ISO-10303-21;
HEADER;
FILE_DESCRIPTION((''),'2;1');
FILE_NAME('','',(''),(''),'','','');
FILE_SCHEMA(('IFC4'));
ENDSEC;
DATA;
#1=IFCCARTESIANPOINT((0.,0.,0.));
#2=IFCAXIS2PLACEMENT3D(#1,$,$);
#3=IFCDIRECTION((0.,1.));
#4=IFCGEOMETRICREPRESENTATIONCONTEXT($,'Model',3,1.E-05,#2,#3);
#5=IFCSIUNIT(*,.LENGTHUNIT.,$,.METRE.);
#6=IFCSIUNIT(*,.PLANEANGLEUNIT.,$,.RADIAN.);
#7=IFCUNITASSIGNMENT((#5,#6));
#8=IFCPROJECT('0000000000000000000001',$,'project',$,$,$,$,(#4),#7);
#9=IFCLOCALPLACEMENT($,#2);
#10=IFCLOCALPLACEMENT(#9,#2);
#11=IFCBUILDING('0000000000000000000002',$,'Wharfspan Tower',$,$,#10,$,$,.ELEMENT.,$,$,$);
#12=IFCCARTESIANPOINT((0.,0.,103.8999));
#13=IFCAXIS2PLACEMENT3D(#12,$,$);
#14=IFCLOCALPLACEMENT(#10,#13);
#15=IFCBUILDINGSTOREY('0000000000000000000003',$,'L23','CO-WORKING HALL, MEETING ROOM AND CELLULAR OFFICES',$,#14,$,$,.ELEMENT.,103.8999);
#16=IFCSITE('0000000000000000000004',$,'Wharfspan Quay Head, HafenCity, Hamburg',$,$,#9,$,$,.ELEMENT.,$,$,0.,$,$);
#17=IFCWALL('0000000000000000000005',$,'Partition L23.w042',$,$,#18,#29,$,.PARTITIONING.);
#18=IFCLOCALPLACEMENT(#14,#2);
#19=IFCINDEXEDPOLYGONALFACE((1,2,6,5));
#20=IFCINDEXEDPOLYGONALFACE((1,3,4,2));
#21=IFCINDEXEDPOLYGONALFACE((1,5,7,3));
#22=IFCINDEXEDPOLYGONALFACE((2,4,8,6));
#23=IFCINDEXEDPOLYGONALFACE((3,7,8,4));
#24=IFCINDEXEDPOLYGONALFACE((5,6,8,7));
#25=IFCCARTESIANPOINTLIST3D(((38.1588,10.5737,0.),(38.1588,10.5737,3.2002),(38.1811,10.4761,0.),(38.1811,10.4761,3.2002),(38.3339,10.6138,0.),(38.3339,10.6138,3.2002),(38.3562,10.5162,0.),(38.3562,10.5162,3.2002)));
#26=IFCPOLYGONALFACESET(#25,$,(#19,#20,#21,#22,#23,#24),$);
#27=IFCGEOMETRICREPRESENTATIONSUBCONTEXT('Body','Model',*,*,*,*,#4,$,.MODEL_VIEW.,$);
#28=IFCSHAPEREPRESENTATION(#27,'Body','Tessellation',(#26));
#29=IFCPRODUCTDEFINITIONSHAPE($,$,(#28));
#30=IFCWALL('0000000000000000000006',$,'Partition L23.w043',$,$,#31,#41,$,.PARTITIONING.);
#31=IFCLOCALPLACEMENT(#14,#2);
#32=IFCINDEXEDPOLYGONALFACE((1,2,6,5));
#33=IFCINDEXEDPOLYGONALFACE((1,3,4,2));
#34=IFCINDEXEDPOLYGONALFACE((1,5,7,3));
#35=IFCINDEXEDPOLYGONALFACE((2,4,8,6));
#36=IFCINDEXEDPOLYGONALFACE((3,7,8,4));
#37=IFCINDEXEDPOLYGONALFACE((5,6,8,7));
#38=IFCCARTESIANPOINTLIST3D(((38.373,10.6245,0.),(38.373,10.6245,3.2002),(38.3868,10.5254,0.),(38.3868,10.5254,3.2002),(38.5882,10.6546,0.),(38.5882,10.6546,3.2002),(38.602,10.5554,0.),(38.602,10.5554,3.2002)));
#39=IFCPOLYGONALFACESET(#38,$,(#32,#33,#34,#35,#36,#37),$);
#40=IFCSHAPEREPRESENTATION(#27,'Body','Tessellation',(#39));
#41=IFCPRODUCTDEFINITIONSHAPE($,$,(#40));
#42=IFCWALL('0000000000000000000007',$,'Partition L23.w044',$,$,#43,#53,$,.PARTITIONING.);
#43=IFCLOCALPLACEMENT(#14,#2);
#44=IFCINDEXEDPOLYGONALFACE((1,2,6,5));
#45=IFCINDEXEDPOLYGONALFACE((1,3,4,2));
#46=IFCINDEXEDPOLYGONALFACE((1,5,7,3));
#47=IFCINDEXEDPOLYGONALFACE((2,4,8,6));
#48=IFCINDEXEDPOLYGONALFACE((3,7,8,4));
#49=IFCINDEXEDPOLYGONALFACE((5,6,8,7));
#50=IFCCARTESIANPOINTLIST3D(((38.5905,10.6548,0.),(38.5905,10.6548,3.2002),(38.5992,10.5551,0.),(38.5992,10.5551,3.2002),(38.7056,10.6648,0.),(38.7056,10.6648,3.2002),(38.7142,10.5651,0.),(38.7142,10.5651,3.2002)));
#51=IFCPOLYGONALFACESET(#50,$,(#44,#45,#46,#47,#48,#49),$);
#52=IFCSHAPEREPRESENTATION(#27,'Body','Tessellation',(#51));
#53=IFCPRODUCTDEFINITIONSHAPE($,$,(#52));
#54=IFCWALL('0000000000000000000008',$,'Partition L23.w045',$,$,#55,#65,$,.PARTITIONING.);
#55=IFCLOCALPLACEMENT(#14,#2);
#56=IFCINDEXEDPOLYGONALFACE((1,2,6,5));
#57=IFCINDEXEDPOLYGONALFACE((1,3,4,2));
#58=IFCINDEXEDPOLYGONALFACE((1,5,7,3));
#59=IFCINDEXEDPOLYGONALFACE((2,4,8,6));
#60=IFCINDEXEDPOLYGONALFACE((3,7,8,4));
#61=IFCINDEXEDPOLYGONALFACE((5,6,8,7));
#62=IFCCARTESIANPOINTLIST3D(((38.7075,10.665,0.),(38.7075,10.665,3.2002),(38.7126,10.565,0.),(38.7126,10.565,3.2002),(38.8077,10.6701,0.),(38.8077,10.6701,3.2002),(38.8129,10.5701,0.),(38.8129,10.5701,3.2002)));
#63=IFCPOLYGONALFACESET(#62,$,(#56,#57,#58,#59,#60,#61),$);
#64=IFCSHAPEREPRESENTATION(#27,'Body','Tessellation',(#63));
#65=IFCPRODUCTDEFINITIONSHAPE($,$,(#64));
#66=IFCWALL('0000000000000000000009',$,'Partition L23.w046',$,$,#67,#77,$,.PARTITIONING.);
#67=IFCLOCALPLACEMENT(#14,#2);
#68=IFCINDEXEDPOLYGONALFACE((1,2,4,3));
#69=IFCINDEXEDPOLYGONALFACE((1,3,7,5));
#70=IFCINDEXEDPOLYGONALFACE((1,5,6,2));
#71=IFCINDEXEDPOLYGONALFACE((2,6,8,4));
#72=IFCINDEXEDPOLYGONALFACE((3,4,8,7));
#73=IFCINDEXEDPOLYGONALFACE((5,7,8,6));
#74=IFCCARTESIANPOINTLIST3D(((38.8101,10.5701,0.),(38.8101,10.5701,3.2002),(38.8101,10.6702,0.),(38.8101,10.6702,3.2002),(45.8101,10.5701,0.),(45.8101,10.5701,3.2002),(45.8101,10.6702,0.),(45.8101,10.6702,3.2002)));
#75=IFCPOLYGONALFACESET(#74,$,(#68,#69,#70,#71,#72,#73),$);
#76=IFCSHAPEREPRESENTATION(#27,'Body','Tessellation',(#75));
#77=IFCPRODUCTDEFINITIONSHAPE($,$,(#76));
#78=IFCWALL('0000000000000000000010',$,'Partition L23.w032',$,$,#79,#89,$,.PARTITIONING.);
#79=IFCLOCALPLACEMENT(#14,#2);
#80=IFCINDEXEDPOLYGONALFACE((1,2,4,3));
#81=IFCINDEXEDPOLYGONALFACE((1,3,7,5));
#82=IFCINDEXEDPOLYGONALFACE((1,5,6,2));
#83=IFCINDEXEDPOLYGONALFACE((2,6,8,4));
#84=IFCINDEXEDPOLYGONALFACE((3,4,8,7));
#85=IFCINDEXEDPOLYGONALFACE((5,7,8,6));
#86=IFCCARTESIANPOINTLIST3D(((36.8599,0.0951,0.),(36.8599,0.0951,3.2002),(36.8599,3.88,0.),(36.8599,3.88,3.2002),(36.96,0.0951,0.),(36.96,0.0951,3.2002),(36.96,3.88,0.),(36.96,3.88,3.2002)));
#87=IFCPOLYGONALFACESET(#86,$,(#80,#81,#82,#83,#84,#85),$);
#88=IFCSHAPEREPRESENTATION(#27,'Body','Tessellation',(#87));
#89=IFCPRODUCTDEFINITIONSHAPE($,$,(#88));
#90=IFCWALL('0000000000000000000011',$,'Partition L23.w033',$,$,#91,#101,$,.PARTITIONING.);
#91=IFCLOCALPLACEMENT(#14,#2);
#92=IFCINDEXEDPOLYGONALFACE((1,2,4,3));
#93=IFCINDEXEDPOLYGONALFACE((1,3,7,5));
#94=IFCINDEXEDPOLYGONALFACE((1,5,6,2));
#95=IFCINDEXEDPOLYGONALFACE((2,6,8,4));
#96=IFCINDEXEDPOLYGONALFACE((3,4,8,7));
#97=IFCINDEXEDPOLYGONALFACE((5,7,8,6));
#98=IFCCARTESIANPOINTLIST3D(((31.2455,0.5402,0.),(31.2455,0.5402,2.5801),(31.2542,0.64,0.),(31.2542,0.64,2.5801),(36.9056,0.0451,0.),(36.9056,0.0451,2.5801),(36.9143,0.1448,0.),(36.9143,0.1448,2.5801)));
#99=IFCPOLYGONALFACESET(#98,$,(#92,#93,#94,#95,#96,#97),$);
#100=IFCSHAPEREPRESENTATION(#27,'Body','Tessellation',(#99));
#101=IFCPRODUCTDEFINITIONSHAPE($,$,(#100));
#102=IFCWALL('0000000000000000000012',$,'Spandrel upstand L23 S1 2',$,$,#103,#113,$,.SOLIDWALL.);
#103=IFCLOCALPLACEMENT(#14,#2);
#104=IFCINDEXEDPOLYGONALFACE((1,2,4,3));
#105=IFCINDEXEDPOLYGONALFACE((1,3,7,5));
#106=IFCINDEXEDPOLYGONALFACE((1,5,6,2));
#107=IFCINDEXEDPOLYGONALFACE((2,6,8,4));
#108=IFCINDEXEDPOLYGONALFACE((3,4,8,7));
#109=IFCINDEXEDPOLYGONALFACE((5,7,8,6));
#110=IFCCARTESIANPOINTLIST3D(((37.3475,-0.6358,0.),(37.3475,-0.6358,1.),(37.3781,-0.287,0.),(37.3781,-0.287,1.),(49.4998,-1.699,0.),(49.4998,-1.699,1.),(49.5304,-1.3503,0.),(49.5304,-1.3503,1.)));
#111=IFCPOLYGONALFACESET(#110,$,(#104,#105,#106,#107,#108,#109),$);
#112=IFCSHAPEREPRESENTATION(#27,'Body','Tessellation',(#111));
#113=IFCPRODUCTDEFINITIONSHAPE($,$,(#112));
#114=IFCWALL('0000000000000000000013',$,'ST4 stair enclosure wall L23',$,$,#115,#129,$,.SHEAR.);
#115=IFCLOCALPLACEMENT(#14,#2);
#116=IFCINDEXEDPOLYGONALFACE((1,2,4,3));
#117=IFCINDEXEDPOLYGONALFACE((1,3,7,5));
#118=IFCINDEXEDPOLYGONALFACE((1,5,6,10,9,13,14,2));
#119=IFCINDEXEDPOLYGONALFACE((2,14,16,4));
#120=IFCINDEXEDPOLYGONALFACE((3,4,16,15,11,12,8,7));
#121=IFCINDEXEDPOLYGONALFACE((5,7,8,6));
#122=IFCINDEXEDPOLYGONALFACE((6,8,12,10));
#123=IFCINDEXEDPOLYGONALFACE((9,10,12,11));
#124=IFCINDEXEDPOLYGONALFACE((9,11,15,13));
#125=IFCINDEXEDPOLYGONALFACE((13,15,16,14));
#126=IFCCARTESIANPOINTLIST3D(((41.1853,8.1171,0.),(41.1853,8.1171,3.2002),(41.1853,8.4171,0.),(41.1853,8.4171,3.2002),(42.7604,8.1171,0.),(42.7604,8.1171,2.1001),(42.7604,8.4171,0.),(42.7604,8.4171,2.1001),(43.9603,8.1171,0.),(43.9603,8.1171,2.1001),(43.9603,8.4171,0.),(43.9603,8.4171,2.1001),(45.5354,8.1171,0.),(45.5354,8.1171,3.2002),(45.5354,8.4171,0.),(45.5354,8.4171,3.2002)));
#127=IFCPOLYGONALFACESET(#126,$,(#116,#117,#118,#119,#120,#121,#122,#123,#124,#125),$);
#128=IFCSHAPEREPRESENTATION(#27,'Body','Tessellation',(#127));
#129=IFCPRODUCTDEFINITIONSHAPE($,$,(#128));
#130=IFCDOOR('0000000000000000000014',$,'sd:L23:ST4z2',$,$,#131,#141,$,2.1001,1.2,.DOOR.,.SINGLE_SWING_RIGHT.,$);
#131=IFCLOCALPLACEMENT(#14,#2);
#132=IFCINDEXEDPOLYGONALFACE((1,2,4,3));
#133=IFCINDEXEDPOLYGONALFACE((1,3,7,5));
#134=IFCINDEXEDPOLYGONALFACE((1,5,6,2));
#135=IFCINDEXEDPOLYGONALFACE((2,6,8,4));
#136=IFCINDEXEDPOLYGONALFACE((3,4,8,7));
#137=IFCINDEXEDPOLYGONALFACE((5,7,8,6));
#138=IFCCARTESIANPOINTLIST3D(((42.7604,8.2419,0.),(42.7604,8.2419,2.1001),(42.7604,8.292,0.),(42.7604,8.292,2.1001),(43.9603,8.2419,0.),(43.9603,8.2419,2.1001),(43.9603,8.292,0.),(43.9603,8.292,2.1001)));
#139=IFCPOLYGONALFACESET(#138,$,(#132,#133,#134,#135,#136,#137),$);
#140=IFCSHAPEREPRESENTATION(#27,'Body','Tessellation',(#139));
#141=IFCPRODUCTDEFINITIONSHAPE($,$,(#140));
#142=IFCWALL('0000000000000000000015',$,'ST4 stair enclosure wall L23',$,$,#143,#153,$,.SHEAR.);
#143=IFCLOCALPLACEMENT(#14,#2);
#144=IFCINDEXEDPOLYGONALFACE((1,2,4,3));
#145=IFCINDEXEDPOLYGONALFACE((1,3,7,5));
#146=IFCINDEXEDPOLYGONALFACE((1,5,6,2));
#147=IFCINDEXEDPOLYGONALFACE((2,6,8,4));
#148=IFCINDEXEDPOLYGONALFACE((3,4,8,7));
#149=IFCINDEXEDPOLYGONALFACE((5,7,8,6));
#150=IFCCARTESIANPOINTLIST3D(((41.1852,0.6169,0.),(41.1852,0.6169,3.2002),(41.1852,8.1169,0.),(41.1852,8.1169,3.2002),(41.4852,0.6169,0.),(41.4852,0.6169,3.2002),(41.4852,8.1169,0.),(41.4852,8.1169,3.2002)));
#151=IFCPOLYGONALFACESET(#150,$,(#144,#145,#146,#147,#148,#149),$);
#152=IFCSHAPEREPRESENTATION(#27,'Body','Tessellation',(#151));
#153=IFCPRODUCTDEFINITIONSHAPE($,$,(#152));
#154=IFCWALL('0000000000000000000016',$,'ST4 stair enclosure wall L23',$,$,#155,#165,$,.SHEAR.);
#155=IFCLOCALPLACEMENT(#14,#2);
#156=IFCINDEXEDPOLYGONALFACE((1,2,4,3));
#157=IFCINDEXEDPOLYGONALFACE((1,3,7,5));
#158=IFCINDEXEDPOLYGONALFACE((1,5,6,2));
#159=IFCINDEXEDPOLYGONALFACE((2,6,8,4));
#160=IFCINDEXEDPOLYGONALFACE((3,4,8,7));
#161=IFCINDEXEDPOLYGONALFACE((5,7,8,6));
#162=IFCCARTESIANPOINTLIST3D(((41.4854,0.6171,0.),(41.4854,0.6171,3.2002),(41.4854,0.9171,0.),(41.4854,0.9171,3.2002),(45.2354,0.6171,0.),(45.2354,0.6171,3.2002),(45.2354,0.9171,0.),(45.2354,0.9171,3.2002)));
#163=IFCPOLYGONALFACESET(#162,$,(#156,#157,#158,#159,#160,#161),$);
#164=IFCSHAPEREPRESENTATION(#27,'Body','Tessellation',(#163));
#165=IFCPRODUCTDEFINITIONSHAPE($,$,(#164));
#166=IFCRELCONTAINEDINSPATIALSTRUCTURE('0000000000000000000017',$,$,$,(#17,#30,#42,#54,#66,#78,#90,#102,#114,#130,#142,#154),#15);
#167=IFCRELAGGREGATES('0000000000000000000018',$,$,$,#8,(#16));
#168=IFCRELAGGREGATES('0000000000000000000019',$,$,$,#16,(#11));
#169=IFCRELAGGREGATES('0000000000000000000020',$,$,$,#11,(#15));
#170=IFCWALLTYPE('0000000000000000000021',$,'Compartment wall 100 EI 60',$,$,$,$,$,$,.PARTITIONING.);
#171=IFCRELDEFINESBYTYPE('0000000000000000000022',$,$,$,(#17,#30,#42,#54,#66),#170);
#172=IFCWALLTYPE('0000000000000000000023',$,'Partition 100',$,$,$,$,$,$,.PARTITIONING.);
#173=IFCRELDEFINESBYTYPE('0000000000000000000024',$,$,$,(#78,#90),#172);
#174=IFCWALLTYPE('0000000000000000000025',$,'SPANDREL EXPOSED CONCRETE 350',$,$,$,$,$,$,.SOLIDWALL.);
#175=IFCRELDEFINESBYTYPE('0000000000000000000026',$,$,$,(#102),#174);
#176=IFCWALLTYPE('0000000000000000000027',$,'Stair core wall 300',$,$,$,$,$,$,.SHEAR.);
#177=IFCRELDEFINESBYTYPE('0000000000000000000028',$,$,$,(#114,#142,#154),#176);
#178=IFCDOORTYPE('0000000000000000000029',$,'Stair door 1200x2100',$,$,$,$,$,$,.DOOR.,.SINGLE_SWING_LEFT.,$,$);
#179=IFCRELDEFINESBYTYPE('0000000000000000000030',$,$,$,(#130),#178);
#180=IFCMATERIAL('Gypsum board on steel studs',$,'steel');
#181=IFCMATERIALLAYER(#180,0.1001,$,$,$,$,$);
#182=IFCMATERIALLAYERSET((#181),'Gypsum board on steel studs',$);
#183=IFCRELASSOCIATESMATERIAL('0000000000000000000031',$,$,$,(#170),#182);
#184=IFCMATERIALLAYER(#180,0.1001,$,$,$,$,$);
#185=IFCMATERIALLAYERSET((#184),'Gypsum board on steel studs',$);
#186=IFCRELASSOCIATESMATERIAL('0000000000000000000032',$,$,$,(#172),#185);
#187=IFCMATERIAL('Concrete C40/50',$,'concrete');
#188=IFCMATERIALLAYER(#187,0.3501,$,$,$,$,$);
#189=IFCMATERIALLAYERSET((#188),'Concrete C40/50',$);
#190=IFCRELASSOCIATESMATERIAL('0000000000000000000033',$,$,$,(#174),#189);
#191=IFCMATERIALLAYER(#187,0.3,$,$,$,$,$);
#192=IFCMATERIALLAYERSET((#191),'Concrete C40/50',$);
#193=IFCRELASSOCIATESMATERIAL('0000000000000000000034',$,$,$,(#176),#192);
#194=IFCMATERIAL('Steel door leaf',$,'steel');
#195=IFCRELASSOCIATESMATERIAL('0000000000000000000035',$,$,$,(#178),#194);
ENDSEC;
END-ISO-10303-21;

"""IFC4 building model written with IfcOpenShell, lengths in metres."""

from ifc_helpers import new_model, si_unit, direction, frame, frame_2d, origin, place, context, subcontext, project, spatial, rectangle, extrude, material, layer, layer_set, type_object, element, fill, save


model = new_model("IFC4")

# Units and contexts
model_context = context("Model", 3, precision=1e-05, world=origin(), true_north=direction((0.0, 1.0)))
body_context = subcontext(model_context, "Body", "Model", "MODEL_VIEW")
ifc_project = project(units=[si_unit("LENGTHUNIT", "METRE"), si_unit("PLANEANGLEUNIT", "RADIAN")], contexts=[model_context])

# Site, building, storey
site_placement = place(None, origin())
site = spatial("IfcSite", under=ifc_project, at=site_placement, Name="Wharfspan Quay Head, HafenCity, Hamburg", CompositionType="ELEMENT", RefElevation=0.0)
building_placement = place(site_placement, origin())
building = spatial("IfcBuilding", under=site, at=building_placement, Name="Wharfspan Tower", CompositionType="ELEMENT")
storey_placement = place(building_placement, frame((0.0, 0.0, 103.8999)))
storey = spatial("IfcBuildingStorey", under=building, at=storey_placement, Name="L23", Description="CO-WORKING HALL, MEETING ROOM AND CELLULAR OFFICES", CompositionType="ELEMENT", Elevation=103.8999)

# Walls
ifc_material_1 = material(Name="Gypsum board on steel studs", Category="steel")
ifc_layer_1 = layer(ifc_material_1, 0.1001)
ifc_layer_set_1 = layer_set([ifc_layer_1], Name="Gypsum board on steel studs")
wall_type_1 = type_object("IfcWallType", Name="Compartment wall 100 EI 60", PredefinedType="PARTITIONING", material=ifc_layer_set_1)
wall_1_placement = place(storey_placement, frame((38.1699, 10.5249, 0.0), z_axis=(0.0, 0.0, 1.0), x_axis=(0.974827, 0.222973, 0.0)))
element("IfcWall", 1, at=wall_1_placement, inside=storey, type_object=wall_type_1, Name="Partition L23.w042", PredefinedType="PARTITIONING", context=body_context, shape_type="SweptSolid", body=[
    extrude(rectangle(XDim=0.1797, YDim=0.1001, at=frame_2d((0.0898, 0.0))), origin(), (0.0, 0.0, 1.0), 3.2002),
])
wall_2_placement = place(storey_placement, frame((38.3799, 10.575, 0.0), z_axis=(0.0, 0.0, 1.0), x_axis=(0.990394, 0.138273, 0.0)))
element("IfcWall", 2, at=wall_2_placement, inside=storey, type_object=wall_type_1, Name="Partition L23.w043", PredefinedType="PARTITIONING", context=body_context, shape_type="SweptSolid", body=[
    extrude(rectangle(XDim=0.2173, YDim=0.1001, at=frame_2d((0.1086, 0.0))), origin(), (0.0, 0.0, 1.0), 3.2002),
])
wall_3_placement = place(storey_placement, frame((38.595, 10.605, 0.0), z_axis=(0.0, 0.0, 1.0), x_axis=(0.996234, 0.086721, 0.0)))
element("IfcWall", 3, at=wall_3_placement, inside=storey, type_object=wall_type_1, Name="Partition L23.w044", PredefinedType="PARTITIONING", context=body_context, shape_type="SweptSolid", body=[
    extrude(rectangle(XDim=0.1155, YDim=0.1001, at=frame_2d((0.0576, 0.0))), origin(), (0.0, 0.0, 1.0), 3.2002),
])
wall_4_placement = place(storey_placement, frame((38.71, 10.615, 0.0), z_axis=(0.0, 0.0, 1.0), x_axis=(0.998687, 0.051152, 0.0)))
element("IfcWall", 4, at=wall_4_placement, inside=storey, type_object=wall_type_1, Name="Partition L23.w045", PredefinedType="PARTITIONING", context=body_context, shape_type="SweptSolid", body=[
    extrude(rectangle(XDim=0.1003, YDim=0.1001, at=frame_2d((0.0503, 0.0))), origin(), (0.0, 0.0, 1.0), 3.2002),
])
wall_5_placement = place(storey_placement, frame((38.8101, 10.6201, 0.0), z_axis=(0.0, 0.0, 1.0), x_axis=(1.0, 0.0, 0.0)))
element("IfcWall", 5, at=wall_5_placement, inside=storey, type_object=wall_type_1, Name="Partition L23.w046", PredefinedType="PARTITIONING", context=body_context, shape_type="SweptSolid", body=[
    extrude(rectangle(XDim=7.0, YDim=0.1001, at=frame_2d((3.5, 0.0))), origin(), (0.0, 0.0, 1.0), 3.2002),
])
ifc_layer_2 = layer(ifc_material_1, 0.1001)
ifc_layer_set_2 = layer_set([ifc_layer_2], Name="Gypsum board on steel studs")
wall_type_2 = type_object("IfcWallType", Name="Partition 100", PredefinedType="PARTITIONING", material=ifc_layer_set_2)
wall_6_placement = place(storey_placement, frame((36.9099, 0.095, 0.0), z_axis=(0.0, 0.0, 1.0), x_axis=(0.0, 1.0, 0.0)))
element("IfcWall", 6, at=wall_6_placement, inside=storey, type_object=wall_type_2, Name="Partition L23.w032", PredefinedType="PARTITIONING", context=body_context, shape_type="SweptSolid", body=[
    extrude(rectangle(XDim=3.7849, YDim=0.1001, at=frame_2d((1.8926, 0.0))), origin(), (0.0, 0.0, 1.0), 3.2002),
])
wall_7_placement = place(storey_placement, frame((36.9099, 0.095, 0.0), z_axis=(0.0, 0.0, 1.0), x_axis=(-0.996195, 0.087145, 0.0)))
element("IfcWall", 7, at=wall_7_placement, inside=storey, type_object=wall_type_2, Name="Partition L23.w033", PredefinedType="PARTITIONING", context=body_context, shape_type="SweptSolid", body=[
    extrude(rectangle(XDim=5.6816, YDim=0.1001, at=frame_2d((2.8408, 0.0))), origin(), (0.0, 0.0, 1.0), 2.5801),
])
ifc_material_2 = material(Name="Concrete C40/50", Category="concrete")
ifc_layer_3 = layer(ifc_material_2, 0.3501)
ifc_layer_set_3 = layer_set([ifc_layer_3], Name="Concrete C40/50")
wall_type_3 = type_object("IfcWallType", Name="SPANDREL EXPOSED CONCRETE 350", PredefinedType="SOLIDWALL", material=ifc_layer_set_3)
wall_8_placement = place(storey_placement, frame((37.3628, -0.4614, 0.0), z_axis=(0.0, 0.0, 1.0), x_axis=(0.996194, -0.087159, 0.0)))
element("IfcWall", 8, at=wall_8_placement, inside=storey, type_object=wall_type_3, Name="Spandrel upstand L23 S1 2", PredefinedType="SOLIDWALL", context=body_context, shape_type="SweptSolid", body=[
    extrude(rectangle(XDim=12.1987, YDim=0.3501, at=frame_2d((6.0994, 0.0))), origin(), (0.0, 0.0, 1.0), 1.0),
])

# Wall, opening, door
ifc_layer_4 = layer(ifc_material_2, 0.3)
ifc_layer_set_4 = layer_set([ifc_layer_4], Name="Concrete C40/50")
wall_type_4 = type_object("IfcWallType", Name="Stair core wall 300", PredefinedType="SHEAR", material=ifc_layer_set_4)
wall_9_placement = place(storey_placement, frame((41.1853, 8.2671, 0.0), z_axis=(0.0, 0.0, 1.0), x_axis=(1.0, 0.0, 0.0)))
wall_9 = element("IfcWall", 9, at=wall_9_placement, inside=storey, type_object=wall_type_4, Name="ST4 stair enclosure wall L23", PredefinedType="SHEAR", context=body_context, shape_type="SweptSolid", body=[
    extrude(rectangle(XDim=4.3501, YDim=0.3, at=frame_2d((2.175, 0.0))), origin(), (0.0, 0.0, 1.0), 3.2002),
])
opening_placement = place(wall_9_placement, frame((1.575, 0.0, 0.0)))
opening = element("IfcOpeningElement", 10, at=opening_placement, cuts=wall_9, PredefinedType="OPENING", context=body_context, shape_type="SweptSolid", body=[
    extrude(rectangle(XDim=1.2, YDim=2.1001, at=frame_2d((0.6001, 1.05))), frame((0.0, 0.1599, 0.0), z_axis=(0.0, -1.0, 0.0), x_axis=(1.0, 0.0, 0.0)), (0.0, 0.0, 1.0), 0.3201),
])
ifc_material_3 = material(Name="Steel door leaf", Category="steel")
door_type = type_object("IfcDoorType", Name="Stair door 1200x2100", OperationType="SINGLE_SWING_LEFT", PredefinedType="DOOR", material=ifc_material_3)
door_placement = place(opening_placement, origin())
door = element("IfcDoor", 11, at=door_placement, inside=storey, type_object=door_type, Name="sd:L23:ST4z2", OperationType="SINGLE_SWING_RIGHT", OverallHeight=2.1001, OverallWidth=1.2, PredefinedType="DOOR", context=body_context, shape_type="SweptSolid", body=[
    extrude(rectangle(XDim=1.2, YDim=2.1001, at=frame_2d((0.6001, 1.05))), frame((0.0, 0.0249, 0.0), z_axis=(0.0, -1.0, 0.0), x_axis=(1.0, 0.0, 0.0)), (0.0, 0.0, 1.0), 0.05),
])
fill(opening, door)

# Walls
wall_10_placement = place(storey_placement, frame((41.3352, 0.6169, 0.0), z_axis=(0.0, 0.0, 1.0), x_axis=(0.0, 1.0, 0.0)))
element("IfcWall", 12, at=wall_10_placement, inside=storey, type_object=wall_type_4, Name="ST4 stair enclosure wall L23", PredefinedType="SHEAR", context=body_context, shape_type="SweptSolid", body=[
    extrude(rectangle(XDim=7.5, YDim=0.3, at=frame_2d((3.75, 0.0))), origin(), (0.0, 0.0, 1.0), 3.2002),
])
wall_11_placement = place(storey_placement, frame((41.4854, 0.7671, 0.0), z_axis=(0.0, 0.0, 1.0), x_axis=(1.0, 0.0, 0.0)))
element("IfcWall", 13, at=wall_11_placement, inside=storey, type_object=wall_type_4, Name="ST4 stair enclosure wall L23", PredefinedType="SHEAR", context=body_context, shape_type="SweptSolid", body=[
    extrude(rectangle(XDim=3.75, YDim=0.3, at=frame_2d((1.875, 0.0))), origin(), (0.0, 0.0, 1.0), 3.2002),
])

save(model, "model.ifc")
